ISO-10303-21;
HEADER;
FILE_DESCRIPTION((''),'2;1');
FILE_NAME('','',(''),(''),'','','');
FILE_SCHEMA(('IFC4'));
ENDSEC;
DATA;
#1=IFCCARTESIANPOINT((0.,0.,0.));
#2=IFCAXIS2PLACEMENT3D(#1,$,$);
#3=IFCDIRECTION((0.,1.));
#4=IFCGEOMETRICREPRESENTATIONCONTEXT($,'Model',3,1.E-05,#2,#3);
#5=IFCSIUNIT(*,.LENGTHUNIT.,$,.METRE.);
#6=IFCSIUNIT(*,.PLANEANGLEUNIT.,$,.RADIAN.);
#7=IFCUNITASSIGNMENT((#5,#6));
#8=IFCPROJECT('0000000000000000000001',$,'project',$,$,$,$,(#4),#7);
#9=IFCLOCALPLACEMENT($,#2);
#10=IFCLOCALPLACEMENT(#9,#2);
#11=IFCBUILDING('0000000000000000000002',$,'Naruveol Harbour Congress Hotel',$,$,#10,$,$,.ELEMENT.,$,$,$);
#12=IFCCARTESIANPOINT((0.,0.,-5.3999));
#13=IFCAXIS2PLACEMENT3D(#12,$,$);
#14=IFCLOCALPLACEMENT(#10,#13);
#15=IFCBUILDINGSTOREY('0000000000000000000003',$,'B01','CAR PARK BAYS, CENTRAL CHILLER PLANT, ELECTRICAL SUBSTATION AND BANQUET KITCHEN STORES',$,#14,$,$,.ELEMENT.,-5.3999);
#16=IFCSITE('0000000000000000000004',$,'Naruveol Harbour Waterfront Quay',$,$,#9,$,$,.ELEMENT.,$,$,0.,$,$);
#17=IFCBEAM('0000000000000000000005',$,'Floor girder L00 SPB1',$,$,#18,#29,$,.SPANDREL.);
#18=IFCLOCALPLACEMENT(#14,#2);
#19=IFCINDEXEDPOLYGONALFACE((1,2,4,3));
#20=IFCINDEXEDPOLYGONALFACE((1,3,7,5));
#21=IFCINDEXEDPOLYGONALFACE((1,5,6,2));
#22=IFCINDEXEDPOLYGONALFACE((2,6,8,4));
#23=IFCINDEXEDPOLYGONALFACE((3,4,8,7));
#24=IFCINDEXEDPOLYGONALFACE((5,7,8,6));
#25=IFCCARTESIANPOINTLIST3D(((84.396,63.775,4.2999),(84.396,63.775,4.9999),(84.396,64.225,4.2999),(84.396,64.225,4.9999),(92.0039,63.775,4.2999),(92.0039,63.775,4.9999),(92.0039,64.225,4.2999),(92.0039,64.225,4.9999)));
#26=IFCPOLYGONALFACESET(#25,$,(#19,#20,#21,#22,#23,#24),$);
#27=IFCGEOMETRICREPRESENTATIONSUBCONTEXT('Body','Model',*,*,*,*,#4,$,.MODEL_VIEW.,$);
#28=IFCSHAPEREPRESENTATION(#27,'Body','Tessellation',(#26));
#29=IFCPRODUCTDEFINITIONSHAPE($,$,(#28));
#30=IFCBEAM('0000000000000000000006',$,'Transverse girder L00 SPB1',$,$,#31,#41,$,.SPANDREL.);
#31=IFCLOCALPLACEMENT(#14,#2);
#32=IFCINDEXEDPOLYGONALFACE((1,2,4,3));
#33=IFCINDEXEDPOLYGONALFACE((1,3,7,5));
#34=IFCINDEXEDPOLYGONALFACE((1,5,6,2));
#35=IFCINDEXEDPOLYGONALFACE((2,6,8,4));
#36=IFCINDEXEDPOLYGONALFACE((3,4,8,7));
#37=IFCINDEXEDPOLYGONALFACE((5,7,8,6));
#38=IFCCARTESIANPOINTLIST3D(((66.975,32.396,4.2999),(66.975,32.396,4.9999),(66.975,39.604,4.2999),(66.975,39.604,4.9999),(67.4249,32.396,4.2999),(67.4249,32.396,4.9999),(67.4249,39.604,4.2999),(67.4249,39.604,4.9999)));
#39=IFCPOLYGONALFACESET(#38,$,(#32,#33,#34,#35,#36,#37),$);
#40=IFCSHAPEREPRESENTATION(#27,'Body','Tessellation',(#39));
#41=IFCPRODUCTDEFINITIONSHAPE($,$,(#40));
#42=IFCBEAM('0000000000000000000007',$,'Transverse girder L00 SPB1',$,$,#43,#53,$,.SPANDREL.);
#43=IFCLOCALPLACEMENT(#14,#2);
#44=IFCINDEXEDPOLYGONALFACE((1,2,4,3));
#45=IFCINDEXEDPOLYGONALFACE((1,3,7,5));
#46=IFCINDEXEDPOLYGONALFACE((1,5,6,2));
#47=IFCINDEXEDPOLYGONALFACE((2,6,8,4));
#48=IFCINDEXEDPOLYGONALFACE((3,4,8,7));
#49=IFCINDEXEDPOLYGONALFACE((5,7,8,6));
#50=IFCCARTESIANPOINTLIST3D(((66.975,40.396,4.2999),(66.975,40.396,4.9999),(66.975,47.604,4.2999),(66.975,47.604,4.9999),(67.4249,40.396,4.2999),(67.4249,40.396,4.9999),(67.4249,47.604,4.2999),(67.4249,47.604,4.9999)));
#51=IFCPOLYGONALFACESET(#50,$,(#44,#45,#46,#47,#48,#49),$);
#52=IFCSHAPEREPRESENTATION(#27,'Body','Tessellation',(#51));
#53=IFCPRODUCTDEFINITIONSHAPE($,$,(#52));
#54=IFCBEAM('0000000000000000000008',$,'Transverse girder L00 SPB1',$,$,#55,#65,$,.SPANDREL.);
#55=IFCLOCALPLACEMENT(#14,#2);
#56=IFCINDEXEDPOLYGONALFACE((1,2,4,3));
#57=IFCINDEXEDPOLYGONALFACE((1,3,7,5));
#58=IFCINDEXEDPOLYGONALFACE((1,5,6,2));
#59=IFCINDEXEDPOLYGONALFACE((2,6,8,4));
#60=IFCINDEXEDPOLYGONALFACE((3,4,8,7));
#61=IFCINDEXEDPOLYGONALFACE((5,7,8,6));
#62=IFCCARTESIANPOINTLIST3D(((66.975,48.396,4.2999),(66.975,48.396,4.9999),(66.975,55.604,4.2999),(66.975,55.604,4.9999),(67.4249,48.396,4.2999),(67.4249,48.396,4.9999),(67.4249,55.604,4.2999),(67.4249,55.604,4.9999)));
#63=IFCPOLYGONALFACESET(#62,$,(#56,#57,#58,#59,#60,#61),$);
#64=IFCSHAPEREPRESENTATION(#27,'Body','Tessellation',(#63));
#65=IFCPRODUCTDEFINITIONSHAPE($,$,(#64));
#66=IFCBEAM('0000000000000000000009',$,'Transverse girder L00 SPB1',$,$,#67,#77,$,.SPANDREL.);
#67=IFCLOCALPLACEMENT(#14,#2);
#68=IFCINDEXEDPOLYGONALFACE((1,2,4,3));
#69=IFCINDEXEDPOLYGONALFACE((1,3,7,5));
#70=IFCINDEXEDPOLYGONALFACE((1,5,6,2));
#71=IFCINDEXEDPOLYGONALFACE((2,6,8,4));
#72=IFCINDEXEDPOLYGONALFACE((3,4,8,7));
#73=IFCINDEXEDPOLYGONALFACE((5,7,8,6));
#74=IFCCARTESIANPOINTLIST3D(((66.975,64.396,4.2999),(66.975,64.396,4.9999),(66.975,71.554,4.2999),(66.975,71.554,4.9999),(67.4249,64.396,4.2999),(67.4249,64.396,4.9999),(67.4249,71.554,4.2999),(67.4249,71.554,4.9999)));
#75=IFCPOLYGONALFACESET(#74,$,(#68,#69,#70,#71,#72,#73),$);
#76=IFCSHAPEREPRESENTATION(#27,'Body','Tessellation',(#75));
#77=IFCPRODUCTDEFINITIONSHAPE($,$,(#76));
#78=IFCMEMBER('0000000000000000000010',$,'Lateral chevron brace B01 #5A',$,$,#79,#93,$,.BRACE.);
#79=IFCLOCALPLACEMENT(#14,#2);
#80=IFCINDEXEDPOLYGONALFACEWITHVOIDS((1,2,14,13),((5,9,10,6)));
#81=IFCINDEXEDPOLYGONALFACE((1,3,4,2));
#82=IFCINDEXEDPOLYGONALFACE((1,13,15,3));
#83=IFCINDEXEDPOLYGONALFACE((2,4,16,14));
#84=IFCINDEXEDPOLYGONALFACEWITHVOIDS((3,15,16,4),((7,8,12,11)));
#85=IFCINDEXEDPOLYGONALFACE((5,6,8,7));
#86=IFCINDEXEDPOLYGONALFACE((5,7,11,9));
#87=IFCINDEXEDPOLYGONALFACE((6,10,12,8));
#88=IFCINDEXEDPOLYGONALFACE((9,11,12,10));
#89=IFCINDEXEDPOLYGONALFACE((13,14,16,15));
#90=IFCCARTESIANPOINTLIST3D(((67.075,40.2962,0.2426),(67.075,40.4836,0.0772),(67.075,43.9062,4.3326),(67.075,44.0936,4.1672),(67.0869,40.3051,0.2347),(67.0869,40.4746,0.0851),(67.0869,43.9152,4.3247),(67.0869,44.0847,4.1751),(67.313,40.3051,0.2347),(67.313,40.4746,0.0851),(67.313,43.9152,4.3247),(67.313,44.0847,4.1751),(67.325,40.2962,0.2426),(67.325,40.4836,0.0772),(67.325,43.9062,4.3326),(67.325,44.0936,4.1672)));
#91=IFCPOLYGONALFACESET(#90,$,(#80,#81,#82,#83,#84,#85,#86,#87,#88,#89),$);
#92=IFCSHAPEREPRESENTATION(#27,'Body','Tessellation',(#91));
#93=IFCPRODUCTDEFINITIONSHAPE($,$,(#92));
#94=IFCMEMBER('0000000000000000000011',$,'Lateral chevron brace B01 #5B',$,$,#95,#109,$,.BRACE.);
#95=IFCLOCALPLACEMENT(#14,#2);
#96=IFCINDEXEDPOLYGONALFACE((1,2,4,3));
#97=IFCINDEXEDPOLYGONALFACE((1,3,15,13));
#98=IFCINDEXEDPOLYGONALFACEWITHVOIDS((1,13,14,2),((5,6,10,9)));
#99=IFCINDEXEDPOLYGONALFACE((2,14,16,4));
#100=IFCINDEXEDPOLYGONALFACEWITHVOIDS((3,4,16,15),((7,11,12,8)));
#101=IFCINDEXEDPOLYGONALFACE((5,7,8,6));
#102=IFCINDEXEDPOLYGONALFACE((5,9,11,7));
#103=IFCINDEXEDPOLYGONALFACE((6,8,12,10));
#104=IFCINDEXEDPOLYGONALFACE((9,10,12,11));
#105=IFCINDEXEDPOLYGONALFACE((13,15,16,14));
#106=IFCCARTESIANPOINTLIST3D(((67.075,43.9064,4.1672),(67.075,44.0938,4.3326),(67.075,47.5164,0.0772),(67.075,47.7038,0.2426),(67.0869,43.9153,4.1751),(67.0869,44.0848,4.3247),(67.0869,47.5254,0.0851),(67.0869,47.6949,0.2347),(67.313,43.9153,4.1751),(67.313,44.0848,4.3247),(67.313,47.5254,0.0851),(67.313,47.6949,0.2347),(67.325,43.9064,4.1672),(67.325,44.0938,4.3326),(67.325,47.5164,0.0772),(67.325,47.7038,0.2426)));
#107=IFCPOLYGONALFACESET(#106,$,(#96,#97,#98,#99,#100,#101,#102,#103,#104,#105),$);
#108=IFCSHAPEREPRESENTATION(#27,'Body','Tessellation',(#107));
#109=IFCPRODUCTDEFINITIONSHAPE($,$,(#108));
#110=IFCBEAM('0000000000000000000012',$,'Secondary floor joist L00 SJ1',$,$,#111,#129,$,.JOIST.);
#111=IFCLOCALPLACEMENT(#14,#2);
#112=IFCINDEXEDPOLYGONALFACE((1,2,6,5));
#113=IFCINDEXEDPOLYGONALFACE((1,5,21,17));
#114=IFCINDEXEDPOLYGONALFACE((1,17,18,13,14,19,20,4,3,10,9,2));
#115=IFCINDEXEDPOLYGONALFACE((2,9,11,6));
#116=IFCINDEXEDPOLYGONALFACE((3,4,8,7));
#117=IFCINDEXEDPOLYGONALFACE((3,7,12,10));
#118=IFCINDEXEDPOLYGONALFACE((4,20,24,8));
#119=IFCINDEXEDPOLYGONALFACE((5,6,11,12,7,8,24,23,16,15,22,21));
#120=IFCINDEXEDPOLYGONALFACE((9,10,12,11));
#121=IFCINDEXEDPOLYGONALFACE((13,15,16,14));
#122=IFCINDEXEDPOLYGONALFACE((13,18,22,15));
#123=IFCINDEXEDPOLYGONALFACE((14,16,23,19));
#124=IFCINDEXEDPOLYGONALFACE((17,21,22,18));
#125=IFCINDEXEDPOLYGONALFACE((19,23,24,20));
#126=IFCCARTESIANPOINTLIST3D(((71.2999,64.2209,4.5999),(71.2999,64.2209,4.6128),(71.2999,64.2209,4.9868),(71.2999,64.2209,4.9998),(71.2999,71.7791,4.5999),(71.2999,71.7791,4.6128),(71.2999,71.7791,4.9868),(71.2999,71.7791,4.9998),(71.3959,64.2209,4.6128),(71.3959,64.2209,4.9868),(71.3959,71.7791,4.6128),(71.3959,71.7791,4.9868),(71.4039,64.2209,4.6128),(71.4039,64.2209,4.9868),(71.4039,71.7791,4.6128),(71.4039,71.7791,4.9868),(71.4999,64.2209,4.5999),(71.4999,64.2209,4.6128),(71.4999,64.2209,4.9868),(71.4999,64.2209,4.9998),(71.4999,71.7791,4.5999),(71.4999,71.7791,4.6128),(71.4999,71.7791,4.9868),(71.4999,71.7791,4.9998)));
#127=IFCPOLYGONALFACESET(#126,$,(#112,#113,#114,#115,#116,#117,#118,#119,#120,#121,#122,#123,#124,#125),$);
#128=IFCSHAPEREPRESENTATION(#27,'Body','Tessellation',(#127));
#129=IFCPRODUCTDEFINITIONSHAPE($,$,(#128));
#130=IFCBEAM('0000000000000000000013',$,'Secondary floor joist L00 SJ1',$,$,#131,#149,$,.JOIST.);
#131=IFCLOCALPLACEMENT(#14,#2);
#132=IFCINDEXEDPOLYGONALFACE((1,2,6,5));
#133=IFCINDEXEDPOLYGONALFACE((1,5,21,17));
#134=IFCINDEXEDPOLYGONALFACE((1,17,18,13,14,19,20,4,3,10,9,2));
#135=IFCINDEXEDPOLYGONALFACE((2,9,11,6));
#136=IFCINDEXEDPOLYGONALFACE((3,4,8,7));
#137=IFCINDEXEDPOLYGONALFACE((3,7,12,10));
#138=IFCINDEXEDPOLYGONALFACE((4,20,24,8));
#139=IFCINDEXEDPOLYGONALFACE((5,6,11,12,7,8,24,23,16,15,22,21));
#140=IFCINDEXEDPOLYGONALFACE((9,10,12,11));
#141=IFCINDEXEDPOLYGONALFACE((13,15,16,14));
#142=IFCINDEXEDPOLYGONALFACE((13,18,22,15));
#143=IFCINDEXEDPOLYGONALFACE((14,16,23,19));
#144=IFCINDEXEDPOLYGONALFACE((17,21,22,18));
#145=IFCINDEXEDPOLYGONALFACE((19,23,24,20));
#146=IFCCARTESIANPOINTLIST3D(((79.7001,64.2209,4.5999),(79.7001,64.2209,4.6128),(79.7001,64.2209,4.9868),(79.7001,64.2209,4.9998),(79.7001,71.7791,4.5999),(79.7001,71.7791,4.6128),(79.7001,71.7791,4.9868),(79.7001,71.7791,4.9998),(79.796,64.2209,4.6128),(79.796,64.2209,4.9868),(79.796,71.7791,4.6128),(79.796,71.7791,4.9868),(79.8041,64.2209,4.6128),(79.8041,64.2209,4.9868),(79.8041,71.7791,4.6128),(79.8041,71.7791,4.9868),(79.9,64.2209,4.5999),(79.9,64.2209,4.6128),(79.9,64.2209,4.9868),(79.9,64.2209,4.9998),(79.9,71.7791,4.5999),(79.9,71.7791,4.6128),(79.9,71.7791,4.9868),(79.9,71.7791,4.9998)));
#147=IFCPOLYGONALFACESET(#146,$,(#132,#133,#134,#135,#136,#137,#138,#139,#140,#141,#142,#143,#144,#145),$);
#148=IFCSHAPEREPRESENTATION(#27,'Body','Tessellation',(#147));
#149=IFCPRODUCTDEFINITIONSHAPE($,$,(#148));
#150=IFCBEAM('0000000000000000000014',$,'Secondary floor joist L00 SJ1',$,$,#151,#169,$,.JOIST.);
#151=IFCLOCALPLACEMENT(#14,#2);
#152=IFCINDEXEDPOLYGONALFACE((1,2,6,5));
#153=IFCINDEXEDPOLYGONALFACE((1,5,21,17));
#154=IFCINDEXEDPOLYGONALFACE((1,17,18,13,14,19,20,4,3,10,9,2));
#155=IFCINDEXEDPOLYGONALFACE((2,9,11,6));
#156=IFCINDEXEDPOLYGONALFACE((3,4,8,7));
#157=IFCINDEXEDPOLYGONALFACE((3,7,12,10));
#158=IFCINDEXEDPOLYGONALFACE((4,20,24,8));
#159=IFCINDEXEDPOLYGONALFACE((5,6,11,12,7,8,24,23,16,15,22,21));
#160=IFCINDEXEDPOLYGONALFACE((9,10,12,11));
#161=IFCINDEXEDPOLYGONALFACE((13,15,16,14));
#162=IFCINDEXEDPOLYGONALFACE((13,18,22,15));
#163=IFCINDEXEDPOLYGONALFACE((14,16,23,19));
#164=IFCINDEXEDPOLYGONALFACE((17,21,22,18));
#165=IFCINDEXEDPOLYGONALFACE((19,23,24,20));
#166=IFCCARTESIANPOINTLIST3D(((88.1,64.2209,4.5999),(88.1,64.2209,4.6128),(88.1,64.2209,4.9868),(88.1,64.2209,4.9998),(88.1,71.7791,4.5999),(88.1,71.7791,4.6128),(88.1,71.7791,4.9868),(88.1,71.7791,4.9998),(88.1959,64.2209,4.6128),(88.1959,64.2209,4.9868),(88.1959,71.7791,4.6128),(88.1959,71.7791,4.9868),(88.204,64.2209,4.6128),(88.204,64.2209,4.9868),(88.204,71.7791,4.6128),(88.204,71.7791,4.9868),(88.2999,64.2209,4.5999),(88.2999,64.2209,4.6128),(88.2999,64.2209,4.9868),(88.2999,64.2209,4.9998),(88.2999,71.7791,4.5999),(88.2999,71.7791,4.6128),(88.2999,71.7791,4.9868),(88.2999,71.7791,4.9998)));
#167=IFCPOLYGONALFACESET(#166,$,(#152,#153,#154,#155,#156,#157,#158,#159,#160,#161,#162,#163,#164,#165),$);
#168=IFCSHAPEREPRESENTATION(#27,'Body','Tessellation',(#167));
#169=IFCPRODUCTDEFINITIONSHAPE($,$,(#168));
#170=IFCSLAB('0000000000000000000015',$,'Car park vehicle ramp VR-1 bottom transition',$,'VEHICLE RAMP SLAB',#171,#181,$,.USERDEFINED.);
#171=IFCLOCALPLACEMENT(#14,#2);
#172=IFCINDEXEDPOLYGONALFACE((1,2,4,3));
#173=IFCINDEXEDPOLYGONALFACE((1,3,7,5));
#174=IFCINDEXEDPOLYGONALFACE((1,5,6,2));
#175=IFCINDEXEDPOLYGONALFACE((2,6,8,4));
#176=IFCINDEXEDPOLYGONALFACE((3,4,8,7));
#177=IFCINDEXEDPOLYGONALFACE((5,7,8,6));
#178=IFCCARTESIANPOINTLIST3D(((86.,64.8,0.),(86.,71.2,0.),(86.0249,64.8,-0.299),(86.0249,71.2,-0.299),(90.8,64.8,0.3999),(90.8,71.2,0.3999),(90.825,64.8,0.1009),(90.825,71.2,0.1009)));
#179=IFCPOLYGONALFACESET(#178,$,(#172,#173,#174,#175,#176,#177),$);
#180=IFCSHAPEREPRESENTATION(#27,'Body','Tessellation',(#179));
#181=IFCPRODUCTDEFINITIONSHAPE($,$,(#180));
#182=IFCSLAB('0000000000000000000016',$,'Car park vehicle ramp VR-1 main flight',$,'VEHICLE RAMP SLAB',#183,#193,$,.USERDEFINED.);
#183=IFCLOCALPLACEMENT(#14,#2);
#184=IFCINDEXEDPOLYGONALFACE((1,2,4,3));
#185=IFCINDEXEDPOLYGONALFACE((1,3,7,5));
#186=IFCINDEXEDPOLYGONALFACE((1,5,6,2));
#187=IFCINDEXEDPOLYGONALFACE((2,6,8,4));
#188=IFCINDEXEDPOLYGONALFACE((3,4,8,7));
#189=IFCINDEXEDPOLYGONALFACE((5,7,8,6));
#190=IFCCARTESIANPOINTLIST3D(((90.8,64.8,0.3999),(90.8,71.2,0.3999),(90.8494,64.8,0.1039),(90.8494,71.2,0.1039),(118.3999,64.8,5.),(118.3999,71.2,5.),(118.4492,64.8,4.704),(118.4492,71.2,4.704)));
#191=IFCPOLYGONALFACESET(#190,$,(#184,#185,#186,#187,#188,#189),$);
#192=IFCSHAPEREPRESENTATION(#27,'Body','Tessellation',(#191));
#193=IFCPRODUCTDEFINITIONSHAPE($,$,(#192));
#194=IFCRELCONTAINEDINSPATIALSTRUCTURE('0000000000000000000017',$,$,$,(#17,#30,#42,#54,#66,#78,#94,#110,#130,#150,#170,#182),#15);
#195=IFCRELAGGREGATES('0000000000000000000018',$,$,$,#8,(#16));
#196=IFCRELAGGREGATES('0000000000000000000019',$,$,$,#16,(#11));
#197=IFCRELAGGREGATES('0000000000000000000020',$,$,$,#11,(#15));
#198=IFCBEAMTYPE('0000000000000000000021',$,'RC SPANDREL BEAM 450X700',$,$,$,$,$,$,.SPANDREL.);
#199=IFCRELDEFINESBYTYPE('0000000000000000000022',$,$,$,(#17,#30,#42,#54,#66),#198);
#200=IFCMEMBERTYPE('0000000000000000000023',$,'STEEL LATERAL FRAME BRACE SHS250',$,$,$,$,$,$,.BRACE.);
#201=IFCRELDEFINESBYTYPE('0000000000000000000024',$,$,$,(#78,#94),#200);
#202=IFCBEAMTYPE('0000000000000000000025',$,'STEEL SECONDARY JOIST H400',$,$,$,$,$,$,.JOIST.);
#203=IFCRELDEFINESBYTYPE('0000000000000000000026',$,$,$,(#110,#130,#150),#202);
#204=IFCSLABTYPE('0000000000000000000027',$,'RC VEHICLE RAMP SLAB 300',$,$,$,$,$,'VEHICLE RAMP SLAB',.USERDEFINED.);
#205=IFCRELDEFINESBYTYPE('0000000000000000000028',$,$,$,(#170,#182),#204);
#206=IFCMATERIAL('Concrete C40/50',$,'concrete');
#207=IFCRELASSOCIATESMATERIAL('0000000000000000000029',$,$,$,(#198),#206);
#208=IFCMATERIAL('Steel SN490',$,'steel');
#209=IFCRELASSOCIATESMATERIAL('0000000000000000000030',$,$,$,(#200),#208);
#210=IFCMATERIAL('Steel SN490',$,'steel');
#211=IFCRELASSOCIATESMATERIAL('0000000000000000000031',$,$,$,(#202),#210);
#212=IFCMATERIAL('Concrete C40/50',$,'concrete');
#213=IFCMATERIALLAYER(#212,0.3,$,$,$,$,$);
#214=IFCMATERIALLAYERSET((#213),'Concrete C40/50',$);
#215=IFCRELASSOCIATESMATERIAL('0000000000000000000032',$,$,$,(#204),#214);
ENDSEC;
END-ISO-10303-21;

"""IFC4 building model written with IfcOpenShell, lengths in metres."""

from ifc_helpers import new_model, si_unit, direction, frame, origin, origin_2d, place, context, subcontext, project, spatial, polyline, rectangle, hollow_rectangle, i_section, outline, extrude, material, layer, layer_set, material_profile, profile_set, type_object, element, save


model = new_model("IFC4")

# Units and contexts
model_context = context("Model", 3, precision=1e-05, world=origin(), true_north=direction((0.0, 1.0)))
body_context = subcontext(model_context, "Body", "Model", "MODEL_VIEW")
ifc_project = project(units=[si_unit("LENGTHUNIT", "METRE"), si_unit("PLANEANGLEUNIT", "RADIAN")], contexts=[model_context])

# Site, building, storey
site_placement = place(None, origin())
site = spatial("IfcSite", under=ifc_project, at=site_placement, Name="Naruveol Harbour Waterfront Quay", CompositionType="ELEMENT", RefElevation=0.0)
building_placement = place(site_placement, origin())
building = spatial("IfcBuilding", under=site, at=building_placement, Name="Naruveol Harbour Congress Hotel", CompositionType="ELEMENT")
storey_placement = place(building_placement, frame((0.0, 0.0, -5.3999)))
storey = spatial("IfcBuildingStorey", under=building, at=storey_placement, Name="B01", Description="CAR PARK BAYS, CENTRAL CHILLER PLANT, ELECTRICAL SUBSTATION AND BANQUET KITCHEN STORES", CompositionType="ELEMENT", Elevation=-5.3999)

# Beams
ifc_material_1 = material(Name="Concrete C40/50", Category="concrete")
ifc_material_profile_1 = material_profile(ifc_material_1, rectangle(XDim=0.45, YDim=0.7, at=origin_2d()), Name="RCB-450x700")
ifc_profile_set_1 = profile_set([ifc_material_profile_1], Name="Concrete C40/50")
beam_type_1 = type_object("IfcBeamType", Name="RC SPANDREL BEAM 450X700", PredefinedType="SPANDREL", material=ifc_profile_set_1)
for number, where, z_axis, x_axis, name in (
    (1, (84.396, 64.0, 4.6499), (1.0, 0.0, 0.0), (0.0, 1.0, 0.0), "Floor girder L00 SPB1"),
):
    element("IfcBeam", number, at=place(storey_placement, frame(where, z_axis=z_axis, x_axis=x_axis)), inside=storey, type_object=beam_type_1, Name=name, PredefinedType="SPANDREL", context=body_context, shape_type="SweptSolid", body=[
        extrude(rectangle(XDim=0.45, YDim=0.7, at=origin_2d()), origin(), (0.0, 0.0, 1.0), 7.6079),
    ])
for number, where, z_axis, x_axis, name in (
    (2, (67.2, 32.396, 4.6499), (0.0, 1.0, 0.0), (-1.0, 0.0, 0.0), "Transverse girder L00 SPB1"),
    (3, (67.2, 40.396, 4.6499), (0.0, 1.0, 0.0), (-1.0, 0.0, 0.0), "Transverse girder L00 SPB1"),
    (4, (67.2, 48.396, 4.6499), (0.0, 1.0, 0.0), (-1.0, 0.0, 0.0), "Transverse girder L00 SPB1"),
):
    element("IfcBeam", number, at=place(storey_placement, frame(where, z_axis=z_axis, x_axis=x_axis)), inside=storey, type_object=beam_type_1, Name=name, PredefinedType="SPANDREL", context=body_context, shape_type="SweptSolid", body=[
        extrude(rectangle(XDim=0.45, YDim=0.7, at=origin_2d()), origin(), (0.0, 0.0, 1.0), 7.208),
    ])
beam_1_placement = place(storey_placement, frame((67.2, 64.396, 4.6499), z_axis=(0.0, 1.0, 0.0), x_axis=(-1.0, 0.0, 0.0)))
element("IfcBeam", 5, at=beam_1_placement, inside=storey, type_object=beam_type_1, Name="Transverse girder L00 SPB1", PredefinedType="SPANDREL", context=body_context, shape_type="SweptSolid", body=[
    extrude(rectangle(XDim=0.45, YDim=0.7, at=origin_2d()), origin(), (0.0, 0.0, 1.0), 7.158),
])

# Members
ifc_material_2 = material(Name="Steel SN490", Category="steel")
ifc_material_profile_2 = material_profile(ifc_material_2, hollow_rectangle(XDim=0.25, YDim=0.25, WallThickness=0.012, at=origin_2d()), Name="SHS-250x250x12")
ifc_profile_set_2 = profile_set([ifc_material_profile_2], Name="Steel SN490")
member_type = type_object("IfcMemberType", Name="STEEL LATERAL FRAME BRACE SHS250", PredefinedType="BRACE", material=ifc_profile_set_2)
for number, where, z_axis, x_axis, name in (
    (6, (67.2, 40.3899, 0.1599), (0.0, 0.661746, 0.749728), (-1.0, 0.0, 0.0), "Lateral chevron brace B01 #5A"),
    (7, (67.2, 47.6101, 0.1599), (0.0, -0.661746, 0.749728), (1.0, 0.0, 0.0), "Lateral chevron brace B01 #5B"),
):
    element("IfcMember", number, at=place(storey_placement, frame(where, z_axis=z_axis, x_axis=x_axis)), inside=storey, type_object=member_type, Name=name, PredefinedType="BRACE", context=body_context, shape_type="SweptSolid", body=[
        extrude(hollow_rectangle(XDim=0.25, YDim=0.25, WallThickness=0.012, at=origin_2d()), origin(), (0.0, 0.0, 1.0), 5.4553),
    ])

# Beams
ifc_material_3 = material(Name="Steel SN490", Category="steel")
ifc_material_profile_3 = material_profile(ifc_material_3, i_section(OverallWidth=0.2, OverallDepth=0.3999, WebThickness=0.0081, FlangeThickness=0.0129, at=origin_2d()), Name="H-400x200x8x13")
ifc_profile_set_3 = profile_set([ifc_material_profile_3], Name="Steel SN490")
beam_type_2 = type_object("IfcBeamType", Name="STEEL SECONDARY JOIST H400", PredefinedType="JOIST", material=ifc_profile_set_3)
for number, where, z_axis, x_axis, name in (
    (8, (71.3999, 64.2209, 4.7998), (0.0, 1.0, 0.0), (-1.0, 0.0, 0.0), "Secondary floor joist L00 SJ1"),
    (9, (79.8, 64.2209, 4.7998), (0.0, 1.0, 0.0), (-1.0, 0.0, 0.0), "Secondary floor joist L00 SJ1"),
    (10, (88.2, 64.2209, 4.7998), (0.0, 1.0, 0.0), (-1.0, 0.0, 0.0), "Secondary floor joist L00 SJ1"),
):
    element("IfcBeam", number, at=place(storey_placement, frame(where, z_axis=z_axis, x_axis=x_axis)), inside=storey, type_object=beam_type_2, Name=name, PredefinedType="JOIST", context=body_context, shape_type="SweptSolid", body=[
        extrude(i_section(OverallWidth=0.2, OverallDepth=0.3999, WebThickness=0.0081, FlangeThickness=0.0129, at=origin_2d()), origin(), (0.0, 0.0, 1.0), 7.5581),
    ])

# Slabs
ifc_material_4 = material(Name="Concrete C40/50", Category="concrete")
ifc_layer_1 = layer(ifc_material_4, 0.3)
ifc_layer_set_1 = layer_set([ifc_layer_1], Name="Concrete C40/50")
slab_type = type_object("IfcSlabType", Name="RC VEHICLE RAMP SLAB 300", ElementType="VEHICLE RAMP SLAB", PredefinedType="USERDEFINED", material=ifc_layer_set_1)
slab_1_placement = place(storey_placement, frame((86.0, 64.8, 0.0), z_axis=(-0.083025, 0.0, 0.996548), x_axis=(0.996548, 0.0, 0.083025)))
element("IfcSlab", 11, at=slab_1_placement, inside=storey, type_object=slab_type, Name="Car park vehicle ramp VR-1 bottom transition", ObjectType="VEHICLE RAMP SLAB", PredefinedType="USERDEFINED", context=body_context, shape_type="SweptSolid", body=[
    extrude(outline(polyline([(0.0, 0.0), (4.8167, 0.0), (4.8167, 6.3999), (0.0, 6.3999), (0.0, 0.0)])), origin(), (0.0, 0.0, -1.0), 0.3),
])
slab_2_placement = place(storey_placement, frame((90.8, 64.8, 0.3999), z_axis=(-0.164403, 0.0, 0.986393), x_axis=(0.986393, 0.0, 0.164403)))
element("IfcSlab", 12, at=slab_2_placement, inside=storey, type_object=slab_type, Name="Car park vehicle ramp VR-1 main flight", ObjectType="VEHICLE RAMP SLAB", PredefinedType="USERDEFINED", context=body_context, shape_type="SweptSolid", body=[
    extrude(outline(polyline([(0.0, 0.0), (27.9806, 0.0), (27.9806, 6.3999), (0.0, 6.3999), (0.0, 0.0)])), origin(), (0.0, 0.0, -1.0), 0.3),
])

save(model, "model.ifc")
